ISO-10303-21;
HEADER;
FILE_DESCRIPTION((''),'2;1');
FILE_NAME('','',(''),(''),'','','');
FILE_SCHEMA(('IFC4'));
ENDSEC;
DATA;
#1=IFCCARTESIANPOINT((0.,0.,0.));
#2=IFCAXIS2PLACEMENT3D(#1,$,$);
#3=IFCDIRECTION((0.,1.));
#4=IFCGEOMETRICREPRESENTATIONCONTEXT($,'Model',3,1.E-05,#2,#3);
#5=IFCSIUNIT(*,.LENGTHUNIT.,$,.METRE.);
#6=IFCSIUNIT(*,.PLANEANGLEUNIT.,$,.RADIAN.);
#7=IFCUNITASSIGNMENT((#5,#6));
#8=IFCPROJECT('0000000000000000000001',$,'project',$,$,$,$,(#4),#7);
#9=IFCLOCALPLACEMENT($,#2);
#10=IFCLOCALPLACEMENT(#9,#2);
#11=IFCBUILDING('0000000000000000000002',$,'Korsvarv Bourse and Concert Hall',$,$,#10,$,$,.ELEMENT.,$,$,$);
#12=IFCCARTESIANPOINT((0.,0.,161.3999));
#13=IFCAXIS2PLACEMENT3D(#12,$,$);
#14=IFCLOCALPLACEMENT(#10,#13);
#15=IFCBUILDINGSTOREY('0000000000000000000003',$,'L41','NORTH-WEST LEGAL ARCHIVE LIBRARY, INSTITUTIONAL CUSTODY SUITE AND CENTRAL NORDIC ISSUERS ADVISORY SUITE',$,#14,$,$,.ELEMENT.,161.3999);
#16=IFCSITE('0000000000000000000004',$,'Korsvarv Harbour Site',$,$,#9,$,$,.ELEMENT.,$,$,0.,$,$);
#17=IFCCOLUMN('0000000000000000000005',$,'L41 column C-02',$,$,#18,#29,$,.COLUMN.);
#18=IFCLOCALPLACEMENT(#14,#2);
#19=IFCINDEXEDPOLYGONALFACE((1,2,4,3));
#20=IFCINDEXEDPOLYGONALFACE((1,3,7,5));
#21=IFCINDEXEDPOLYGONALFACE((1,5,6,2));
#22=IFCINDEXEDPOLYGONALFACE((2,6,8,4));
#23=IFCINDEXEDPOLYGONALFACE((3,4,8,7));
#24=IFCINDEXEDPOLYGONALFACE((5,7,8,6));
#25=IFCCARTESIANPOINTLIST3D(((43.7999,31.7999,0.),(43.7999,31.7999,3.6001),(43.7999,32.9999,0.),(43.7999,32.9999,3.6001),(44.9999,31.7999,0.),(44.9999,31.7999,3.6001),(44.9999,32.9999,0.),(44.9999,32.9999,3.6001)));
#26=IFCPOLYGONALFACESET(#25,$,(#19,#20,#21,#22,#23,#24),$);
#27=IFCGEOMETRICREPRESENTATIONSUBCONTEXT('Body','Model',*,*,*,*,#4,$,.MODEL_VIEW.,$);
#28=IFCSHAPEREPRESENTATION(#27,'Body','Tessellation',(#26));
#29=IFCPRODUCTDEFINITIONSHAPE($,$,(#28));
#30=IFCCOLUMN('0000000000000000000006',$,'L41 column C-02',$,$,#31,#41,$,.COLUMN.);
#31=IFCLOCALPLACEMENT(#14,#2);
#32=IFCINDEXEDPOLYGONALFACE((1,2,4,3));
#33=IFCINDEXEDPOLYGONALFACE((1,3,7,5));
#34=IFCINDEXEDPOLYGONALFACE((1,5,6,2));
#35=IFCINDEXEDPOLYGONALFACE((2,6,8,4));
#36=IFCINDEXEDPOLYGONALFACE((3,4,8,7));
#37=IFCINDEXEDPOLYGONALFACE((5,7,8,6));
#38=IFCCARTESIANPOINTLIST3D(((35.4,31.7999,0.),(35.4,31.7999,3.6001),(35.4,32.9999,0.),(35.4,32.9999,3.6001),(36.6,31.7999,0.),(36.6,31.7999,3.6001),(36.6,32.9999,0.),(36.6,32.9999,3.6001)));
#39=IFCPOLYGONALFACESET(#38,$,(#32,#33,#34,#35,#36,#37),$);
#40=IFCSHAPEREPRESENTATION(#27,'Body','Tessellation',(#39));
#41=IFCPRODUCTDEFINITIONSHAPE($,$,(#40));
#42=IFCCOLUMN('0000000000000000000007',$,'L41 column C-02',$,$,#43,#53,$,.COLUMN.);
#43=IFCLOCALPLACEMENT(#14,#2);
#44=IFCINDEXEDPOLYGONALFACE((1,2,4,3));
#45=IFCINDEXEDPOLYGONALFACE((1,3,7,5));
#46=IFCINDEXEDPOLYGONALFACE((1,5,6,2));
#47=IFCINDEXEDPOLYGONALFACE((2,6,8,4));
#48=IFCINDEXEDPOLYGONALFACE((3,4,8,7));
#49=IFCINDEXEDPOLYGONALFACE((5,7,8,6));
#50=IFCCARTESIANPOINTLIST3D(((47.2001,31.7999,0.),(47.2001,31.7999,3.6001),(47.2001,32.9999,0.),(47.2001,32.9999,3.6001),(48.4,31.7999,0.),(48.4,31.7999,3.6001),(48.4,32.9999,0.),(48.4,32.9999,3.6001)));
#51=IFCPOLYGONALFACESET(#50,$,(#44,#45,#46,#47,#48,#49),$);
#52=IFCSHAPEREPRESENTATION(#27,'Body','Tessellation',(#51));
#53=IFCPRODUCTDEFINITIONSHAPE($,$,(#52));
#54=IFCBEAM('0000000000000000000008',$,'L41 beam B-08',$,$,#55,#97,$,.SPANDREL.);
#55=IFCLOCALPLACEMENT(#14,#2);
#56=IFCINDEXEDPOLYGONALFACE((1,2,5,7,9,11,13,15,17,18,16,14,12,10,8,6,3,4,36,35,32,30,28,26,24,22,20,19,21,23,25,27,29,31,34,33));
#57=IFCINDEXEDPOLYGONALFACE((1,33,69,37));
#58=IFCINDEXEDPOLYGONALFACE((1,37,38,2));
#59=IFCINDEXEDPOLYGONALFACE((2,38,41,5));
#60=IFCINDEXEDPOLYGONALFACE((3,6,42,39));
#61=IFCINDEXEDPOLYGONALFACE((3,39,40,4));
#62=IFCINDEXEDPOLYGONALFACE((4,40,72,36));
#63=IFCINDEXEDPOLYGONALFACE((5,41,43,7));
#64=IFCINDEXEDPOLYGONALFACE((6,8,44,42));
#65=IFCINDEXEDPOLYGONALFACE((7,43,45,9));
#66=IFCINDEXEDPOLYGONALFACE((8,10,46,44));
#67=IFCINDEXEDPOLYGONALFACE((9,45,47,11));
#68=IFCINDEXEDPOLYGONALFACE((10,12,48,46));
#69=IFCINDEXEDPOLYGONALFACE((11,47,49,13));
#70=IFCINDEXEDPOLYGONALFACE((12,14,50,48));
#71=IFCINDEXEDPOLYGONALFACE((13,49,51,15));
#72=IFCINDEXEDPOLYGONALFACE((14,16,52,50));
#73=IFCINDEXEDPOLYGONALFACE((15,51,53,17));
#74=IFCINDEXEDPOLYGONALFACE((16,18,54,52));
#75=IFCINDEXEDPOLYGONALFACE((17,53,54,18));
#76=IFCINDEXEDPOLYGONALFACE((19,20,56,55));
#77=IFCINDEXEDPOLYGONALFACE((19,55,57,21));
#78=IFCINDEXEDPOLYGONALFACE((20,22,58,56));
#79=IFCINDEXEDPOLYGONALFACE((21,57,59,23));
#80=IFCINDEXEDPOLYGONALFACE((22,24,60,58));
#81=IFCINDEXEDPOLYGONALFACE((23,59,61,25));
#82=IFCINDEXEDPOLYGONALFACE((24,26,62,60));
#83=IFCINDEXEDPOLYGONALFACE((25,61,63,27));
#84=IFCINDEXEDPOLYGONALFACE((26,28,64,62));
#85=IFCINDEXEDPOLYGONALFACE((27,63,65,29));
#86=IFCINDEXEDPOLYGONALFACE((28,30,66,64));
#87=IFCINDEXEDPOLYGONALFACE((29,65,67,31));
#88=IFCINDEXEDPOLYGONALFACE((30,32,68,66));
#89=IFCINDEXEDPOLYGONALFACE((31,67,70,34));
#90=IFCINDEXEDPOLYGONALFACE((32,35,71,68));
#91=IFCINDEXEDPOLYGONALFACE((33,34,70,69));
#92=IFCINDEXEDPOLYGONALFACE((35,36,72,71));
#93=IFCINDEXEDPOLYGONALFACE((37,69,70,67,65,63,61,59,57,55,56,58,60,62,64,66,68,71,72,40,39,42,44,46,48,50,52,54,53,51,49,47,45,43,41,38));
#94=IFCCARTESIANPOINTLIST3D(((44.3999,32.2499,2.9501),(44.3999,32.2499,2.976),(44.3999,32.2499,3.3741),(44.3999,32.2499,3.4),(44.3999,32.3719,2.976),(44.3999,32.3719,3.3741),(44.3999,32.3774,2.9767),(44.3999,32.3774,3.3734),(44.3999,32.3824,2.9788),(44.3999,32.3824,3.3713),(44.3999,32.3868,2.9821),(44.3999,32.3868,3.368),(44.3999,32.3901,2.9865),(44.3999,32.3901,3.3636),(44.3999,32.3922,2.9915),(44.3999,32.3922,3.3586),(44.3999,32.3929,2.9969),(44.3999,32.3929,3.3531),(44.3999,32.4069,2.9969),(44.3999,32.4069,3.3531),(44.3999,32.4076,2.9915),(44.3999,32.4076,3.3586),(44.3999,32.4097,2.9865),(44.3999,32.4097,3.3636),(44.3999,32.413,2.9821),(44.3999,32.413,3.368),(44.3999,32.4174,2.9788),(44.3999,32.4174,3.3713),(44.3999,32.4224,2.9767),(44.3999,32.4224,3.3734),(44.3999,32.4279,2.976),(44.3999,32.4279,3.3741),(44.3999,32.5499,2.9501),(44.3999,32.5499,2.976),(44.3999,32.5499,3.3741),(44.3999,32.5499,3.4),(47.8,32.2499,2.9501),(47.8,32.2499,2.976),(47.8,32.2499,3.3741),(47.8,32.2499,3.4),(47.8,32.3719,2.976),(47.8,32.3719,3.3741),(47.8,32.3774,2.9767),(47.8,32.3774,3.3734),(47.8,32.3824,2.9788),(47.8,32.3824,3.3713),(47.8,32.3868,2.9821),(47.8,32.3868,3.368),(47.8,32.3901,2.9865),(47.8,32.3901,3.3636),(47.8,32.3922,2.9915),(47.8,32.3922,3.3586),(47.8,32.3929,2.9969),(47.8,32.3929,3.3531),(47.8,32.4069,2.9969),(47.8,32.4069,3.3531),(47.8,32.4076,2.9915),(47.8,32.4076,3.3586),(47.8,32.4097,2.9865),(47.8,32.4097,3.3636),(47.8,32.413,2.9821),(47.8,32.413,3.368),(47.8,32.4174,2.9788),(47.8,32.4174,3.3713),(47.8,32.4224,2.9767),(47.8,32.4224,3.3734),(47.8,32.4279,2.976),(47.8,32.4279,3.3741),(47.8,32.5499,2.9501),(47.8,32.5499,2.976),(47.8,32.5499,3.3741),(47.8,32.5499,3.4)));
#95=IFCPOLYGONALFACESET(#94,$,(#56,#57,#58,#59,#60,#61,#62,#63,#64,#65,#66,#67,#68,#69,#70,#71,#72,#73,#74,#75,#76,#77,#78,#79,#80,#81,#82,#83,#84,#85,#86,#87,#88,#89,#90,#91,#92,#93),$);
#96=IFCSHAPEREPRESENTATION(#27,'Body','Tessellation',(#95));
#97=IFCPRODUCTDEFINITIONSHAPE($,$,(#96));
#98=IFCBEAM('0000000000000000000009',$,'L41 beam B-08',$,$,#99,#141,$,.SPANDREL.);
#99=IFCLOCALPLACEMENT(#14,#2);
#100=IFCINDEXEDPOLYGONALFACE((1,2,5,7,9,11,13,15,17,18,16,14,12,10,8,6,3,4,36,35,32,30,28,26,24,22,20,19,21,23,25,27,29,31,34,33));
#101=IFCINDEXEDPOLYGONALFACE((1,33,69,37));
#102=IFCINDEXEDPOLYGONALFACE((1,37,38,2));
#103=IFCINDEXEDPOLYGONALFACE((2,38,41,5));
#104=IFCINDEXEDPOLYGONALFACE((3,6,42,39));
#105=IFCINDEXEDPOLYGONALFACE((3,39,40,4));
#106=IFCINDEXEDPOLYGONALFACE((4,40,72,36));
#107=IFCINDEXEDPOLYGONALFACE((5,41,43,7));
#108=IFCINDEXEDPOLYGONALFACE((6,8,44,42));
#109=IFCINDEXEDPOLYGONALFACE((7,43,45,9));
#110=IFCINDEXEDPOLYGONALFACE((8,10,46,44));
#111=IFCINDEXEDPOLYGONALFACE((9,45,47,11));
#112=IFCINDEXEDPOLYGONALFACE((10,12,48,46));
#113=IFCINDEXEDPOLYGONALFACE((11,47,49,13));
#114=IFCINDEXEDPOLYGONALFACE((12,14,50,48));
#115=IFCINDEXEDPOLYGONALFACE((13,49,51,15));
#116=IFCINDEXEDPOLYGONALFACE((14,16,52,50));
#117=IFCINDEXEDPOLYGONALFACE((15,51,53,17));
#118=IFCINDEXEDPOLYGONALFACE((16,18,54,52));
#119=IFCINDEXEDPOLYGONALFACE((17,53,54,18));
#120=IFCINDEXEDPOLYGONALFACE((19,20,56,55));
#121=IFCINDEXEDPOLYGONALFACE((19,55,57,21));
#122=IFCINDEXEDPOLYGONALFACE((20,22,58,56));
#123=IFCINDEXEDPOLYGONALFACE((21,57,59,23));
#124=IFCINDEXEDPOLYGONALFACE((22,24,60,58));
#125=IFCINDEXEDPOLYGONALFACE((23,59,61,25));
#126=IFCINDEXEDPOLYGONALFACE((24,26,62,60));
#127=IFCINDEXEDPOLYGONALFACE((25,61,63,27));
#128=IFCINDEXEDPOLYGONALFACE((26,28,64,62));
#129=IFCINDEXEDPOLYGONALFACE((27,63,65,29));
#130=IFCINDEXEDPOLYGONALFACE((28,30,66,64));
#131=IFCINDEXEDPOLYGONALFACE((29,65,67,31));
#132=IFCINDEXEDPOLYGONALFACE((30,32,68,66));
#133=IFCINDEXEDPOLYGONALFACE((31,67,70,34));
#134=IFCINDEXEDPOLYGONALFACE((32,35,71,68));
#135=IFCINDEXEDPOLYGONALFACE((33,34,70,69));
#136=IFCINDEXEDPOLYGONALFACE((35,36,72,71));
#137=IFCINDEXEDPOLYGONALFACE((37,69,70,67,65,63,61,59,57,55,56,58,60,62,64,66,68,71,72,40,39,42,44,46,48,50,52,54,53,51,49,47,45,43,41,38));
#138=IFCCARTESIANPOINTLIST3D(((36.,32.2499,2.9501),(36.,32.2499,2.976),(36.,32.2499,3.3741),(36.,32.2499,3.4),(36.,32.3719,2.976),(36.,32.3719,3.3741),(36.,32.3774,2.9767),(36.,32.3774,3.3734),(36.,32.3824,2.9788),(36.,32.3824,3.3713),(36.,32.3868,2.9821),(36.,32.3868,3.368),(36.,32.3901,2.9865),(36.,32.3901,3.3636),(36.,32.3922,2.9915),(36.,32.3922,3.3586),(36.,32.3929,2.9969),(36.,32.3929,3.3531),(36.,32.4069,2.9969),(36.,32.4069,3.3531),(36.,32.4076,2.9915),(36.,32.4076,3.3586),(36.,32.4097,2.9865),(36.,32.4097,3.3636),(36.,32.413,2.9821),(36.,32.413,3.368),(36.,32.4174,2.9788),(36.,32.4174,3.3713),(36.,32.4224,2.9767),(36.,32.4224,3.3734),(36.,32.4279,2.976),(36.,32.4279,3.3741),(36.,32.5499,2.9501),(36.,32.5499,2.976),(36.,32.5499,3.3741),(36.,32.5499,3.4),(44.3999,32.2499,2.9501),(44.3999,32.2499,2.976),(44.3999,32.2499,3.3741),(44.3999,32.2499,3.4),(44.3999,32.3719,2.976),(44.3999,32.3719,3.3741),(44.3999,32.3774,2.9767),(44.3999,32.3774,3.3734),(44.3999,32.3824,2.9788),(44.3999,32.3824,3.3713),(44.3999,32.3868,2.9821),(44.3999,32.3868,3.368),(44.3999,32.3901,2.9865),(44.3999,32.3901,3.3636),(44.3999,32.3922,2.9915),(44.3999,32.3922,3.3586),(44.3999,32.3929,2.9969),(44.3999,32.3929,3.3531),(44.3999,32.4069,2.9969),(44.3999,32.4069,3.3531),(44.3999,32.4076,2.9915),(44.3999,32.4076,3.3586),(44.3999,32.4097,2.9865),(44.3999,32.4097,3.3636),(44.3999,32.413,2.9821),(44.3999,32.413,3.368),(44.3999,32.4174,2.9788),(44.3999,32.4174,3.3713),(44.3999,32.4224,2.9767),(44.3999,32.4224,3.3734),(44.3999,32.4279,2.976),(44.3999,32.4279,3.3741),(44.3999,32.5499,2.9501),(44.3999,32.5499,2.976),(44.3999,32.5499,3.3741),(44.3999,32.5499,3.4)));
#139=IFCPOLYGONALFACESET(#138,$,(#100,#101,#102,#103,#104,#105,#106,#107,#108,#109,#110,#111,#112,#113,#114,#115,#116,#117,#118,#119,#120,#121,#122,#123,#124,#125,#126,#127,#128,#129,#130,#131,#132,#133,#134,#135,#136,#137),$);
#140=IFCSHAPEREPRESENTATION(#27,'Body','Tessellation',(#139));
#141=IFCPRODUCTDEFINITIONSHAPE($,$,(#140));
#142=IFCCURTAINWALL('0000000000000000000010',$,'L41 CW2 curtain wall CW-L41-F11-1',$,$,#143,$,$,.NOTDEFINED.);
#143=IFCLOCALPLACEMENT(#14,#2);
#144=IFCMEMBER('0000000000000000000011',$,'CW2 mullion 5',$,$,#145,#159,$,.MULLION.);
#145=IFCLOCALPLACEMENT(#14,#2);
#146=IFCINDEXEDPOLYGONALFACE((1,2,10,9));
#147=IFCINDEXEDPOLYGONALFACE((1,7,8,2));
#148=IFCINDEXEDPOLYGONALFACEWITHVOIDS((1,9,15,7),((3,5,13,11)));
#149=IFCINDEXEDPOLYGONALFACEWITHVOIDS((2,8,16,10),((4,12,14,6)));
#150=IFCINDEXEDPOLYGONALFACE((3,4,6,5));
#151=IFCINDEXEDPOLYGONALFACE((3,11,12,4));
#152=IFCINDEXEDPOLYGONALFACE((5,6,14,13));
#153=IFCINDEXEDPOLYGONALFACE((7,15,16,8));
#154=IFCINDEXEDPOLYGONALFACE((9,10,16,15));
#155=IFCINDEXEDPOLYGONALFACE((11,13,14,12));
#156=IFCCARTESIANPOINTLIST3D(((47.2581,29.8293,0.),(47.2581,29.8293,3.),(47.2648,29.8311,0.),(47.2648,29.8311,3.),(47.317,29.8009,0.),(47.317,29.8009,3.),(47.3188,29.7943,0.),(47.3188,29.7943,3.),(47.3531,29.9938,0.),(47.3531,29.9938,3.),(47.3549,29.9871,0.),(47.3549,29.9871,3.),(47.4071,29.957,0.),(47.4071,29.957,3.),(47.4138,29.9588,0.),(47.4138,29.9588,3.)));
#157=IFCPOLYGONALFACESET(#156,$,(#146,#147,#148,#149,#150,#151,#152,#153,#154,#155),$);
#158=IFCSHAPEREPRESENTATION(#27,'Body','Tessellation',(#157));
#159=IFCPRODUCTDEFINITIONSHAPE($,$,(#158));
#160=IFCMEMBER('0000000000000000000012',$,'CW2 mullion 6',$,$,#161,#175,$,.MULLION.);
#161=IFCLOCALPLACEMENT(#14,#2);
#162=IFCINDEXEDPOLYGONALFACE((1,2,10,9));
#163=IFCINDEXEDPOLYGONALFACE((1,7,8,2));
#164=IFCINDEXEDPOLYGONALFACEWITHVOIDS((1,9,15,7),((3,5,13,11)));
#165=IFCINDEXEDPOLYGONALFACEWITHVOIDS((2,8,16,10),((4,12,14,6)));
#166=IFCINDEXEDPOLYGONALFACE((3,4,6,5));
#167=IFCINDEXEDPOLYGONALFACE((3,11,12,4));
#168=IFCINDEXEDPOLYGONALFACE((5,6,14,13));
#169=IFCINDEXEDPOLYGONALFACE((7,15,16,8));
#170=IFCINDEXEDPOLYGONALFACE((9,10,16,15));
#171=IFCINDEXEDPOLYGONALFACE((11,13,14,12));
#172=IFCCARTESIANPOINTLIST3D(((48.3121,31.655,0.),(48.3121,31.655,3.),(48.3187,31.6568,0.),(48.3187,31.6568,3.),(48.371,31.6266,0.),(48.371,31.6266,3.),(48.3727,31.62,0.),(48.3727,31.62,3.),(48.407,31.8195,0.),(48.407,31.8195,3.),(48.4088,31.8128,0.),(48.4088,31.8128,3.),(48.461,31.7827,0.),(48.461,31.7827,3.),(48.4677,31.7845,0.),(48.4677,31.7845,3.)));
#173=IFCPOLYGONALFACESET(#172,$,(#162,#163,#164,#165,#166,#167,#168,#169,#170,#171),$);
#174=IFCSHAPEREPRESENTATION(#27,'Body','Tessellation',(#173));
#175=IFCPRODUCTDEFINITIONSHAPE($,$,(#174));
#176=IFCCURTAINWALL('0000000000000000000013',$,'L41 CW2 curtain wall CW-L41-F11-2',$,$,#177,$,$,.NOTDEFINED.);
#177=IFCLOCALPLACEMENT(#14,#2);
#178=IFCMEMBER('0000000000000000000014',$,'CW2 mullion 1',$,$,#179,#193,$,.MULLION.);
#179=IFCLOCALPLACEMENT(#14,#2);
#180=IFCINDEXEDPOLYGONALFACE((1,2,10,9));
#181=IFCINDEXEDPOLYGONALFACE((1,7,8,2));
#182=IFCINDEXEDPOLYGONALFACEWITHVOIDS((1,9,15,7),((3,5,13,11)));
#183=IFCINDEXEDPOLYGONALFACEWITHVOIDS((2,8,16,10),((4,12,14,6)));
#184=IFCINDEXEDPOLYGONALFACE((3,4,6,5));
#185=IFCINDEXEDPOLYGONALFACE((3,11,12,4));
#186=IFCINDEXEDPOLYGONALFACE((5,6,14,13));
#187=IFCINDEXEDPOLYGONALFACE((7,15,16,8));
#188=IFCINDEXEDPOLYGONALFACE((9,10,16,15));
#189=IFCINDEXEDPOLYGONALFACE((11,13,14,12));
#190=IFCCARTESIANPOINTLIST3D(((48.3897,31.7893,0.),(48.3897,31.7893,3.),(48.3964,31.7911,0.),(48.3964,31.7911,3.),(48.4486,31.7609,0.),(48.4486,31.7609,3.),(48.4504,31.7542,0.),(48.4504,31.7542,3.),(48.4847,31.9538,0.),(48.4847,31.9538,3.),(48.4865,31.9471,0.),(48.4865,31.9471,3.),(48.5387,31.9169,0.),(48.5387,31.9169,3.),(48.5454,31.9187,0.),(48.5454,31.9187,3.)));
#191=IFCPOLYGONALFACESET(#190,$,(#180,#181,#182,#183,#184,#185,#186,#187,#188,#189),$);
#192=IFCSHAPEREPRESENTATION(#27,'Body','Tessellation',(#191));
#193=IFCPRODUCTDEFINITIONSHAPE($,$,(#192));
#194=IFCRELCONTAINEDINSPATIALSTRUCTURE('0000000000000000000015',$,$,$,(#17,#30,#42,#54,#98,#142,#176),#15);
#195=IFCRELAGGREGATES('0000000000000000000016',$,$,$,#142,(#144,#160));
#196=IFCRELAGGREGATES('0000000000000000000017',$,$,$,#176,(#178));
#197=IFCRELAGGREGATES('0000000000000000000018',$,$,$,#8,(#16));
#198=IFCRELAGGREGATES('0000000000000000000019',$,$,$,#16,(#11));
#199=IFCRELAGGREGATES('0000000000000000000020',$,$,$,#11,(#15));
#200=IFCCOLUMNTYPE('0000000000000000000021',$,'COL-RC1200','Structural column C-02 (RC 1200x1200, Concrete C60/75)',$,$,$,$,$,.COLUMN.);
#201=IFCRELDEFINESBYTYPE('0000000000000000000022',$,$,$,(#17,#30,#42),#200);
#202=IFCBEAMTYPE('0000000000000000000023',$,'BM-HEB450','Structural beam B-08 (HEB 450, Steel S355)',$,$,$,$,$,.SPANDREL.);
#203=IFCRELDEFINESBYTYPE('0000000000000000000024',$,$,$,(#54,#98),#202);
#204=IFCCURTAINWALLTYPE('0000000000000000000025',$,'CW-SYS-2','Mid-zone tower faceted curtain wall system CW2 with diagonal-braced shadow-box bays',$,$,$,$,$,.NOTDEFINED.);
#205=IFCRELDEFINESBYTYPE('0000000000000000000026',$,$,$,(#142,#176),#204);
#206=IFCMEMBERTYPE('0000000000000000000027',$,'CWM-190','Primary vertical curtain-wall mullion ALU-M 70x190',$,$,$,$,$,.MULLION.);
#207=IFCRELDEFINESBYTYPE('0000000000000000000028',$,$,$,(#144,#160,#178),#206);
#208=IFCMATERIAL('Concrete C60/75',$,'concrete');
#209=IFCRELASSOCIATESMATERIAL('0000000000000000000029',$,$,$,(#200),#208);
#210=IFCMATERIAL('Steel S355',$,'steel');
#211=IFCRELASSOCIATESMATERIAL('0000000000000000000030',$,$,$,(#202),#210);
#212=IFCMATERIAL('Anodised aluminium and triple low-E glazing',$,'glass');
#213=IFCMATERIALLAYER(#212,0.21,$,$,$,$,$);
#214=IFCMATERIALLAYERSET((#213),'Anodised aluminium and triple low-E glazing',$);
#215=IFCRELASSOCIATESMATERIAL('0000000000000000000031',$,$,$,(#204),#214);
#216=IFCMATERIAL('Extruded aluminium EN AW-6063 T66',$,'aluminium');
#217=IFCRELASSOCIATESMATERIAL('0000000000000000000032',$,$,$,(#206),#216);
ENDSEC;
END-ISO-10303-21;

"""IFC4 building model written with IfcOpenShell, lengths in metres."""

from ifc_helpers import new_model, si_unit, direction, frame, origin, origin_2d, place, context, subcontext, project, spatial, rectangle, hollow_rectangle, i_section, extrude, source, transform, mapped, material, layer, layer_set, material_profile, profile_set, type_object, element, aggregate, save


model = new_model("IFC4")

# Units and contexts
model_context = context("Model", 3, precision=1e-05, world=origin(), true_north=direction((0.0, 1.0)))
body_context = subcontext(model_context, "Body", "Model", "MODEL_VIEW")
ifc_project = project(units=[si_unit("LENGTHUNIT", "METRE"), si_unit("PLANEANGLEUNIT", "RADIAN")], contexts=[model_context])

# Site, building, storey
site_placement = place(None, origin())
site = spatial("IfcSite", under=ifc_project, at=site_placement, Name="Korsvarv Harbour Site", CompositionType="ELEMENT", RefElevation=0.0)
building_placement = place(site_placement, origin())
building = spatial("IfcBuilding", under=site, at=building_placement, Name="Korsvarv Bourse and Concert Hall", CompositionType="ELEMENT")
storey_placement = place(building_placement, frame((0.0, 0.0, 161.3999)))
storey = spatial("IfcBuildingStorey", under=building, at=storey_placement, Name="L41", Description="NORTH-WEST LEGAL ARCHIVE LIBRARY, INSTITUTIONAL CUSTODY SUITE AND CENTRAL NORDIC ISSUERS ADVISORY SUITE", CompositionType="ELEMENT", Elevation=161.3999)

# Columns
ifc_material_1 = material(Name="Concrete C60/75", Category="concrete")
ifc_material_profile_1 = material_profile(ifc_material_1, rectangle(XDim=1.2, YDim=1.2, at=origin_2d()), Name="RC 1200x1200")
ifc_profile_set_1 = profile_set([ifc_material_profile_1], Name="Concrete C60/75")
column_type = type_object("IfcColumnType", Name="COL-RC1200", Description="Structural column C-02 (RC 1200x1200, Concrete C60/75)", PredefinedType="COLUMN", material=ifc_profile_set_1)
shared_shape_1 = source(origin(), body_context, "Body", "SweptSolid", [
    extrude(rectangle(XDim=1.2, YDim=1.2, at=origin_2d()), origin(), (0.0, 0.0, 1.0), 3.6001),
])
for number, where, z_axis, x_axis, name in (
    (1, (44.3999, 32.3999, 0.0), (0.0, 0.0, 1.0), (1.0, 0.0, 0.0), "L41 column C-02"),
    (2, (36.0, 32.3999, 0.0), (0.0, 0.0, 1.0), (1.0, 0.0, 0.0), "L41 column C-02"),
    (3, (47.8, 32.3999, 0.0), (0.0, 0.0, 1.0), (1.0, 0.0, 0.0), "L41 column C-02"),
):
    element("IfcColumn", number, at=place(storey_placement, frame(where, z_axis=z_axis, x_axis=x_axis)), inside=storey, type_object=column_type, Name=name, PredefinedType="COLUMN", context=body_context, shape_type="MappedRepresentation", body=[
        mapped(shared_shape_1, transform((0.0, 0.0, 0.0), scale=1.0)),
    ])

# Beams
ifc_material_2 = material(Name="Steel S355", Category="steel")
ifc_material_profile_2 = material_profile(ifc_material_2, i_section(OverallWidth=0.3, OverallDepth=0.45, WebThickness=0.0139, FlangeThickness=0.0259, FilletRadius=0.021, at=origin_2d()), Name="HEB 450")
ifc_profile_set_2 = profile_set([ifc_material_profile_2], Name="Steel S355")
beam_type = type_object("IfcBeamType", Name="BM-HEB450", Description="Structural beam B-08 (HEB 450, Steel S355)", PredefinedType="SPANDREL", material=ifc_profile_set_2)
shared_shape_2 = source(origin(), body_context, "Body", "SweptSolid", [
    extrude(i_section(OverallWidth=0.3, OverallDepth=0.45, WebThickness=0.0139, FlangeThickness=0.0259, FilletRadius=0.021, at=origin_2d()), origin(), (0.0, 0.0, 1.0), 3.4001),
])
beam_1_placement = place(storey_placement, frame((44.3999, 32.3999, 3.175), z_axis=(1.0, 0.0, 0.0), x_axis=(0.0, 1.0, 0.0)))
element("IfcBeam", 4, at=beam_1_placement, inside=storey, type_object=beam_type, Name="L41 beam B-08", PredefinedType="SPANDREL", context=body_context, shape_type="MappedRepresentation", body=[
    mapped(shared_shape_2, transform((0.0, 0.0, 0.0), scale=1.0)),
])
shared_shape_3 = source(origin(), body_context, "Body", "SweptSolid", [
    extrude(i_section(OverallWidth=0.3, OverallDepth=0.45, WebThickness=0.0139, FlangeThickness=0.0259, FilletRadius=0.021, at=origin_2d()), origin(), (0.0, 0.0, 1.0), 8.3999),
])
beam_2_placement = place(storey_placement, frame((36.0, 32.3999, 3.175), z_axis=(1.0, 0.0, 0.0), x_axis=(0.0, 1.0, 0.0)))
element("IfcBeam", 5, at=beam_2_placement, inside=storey, type_object=beam_type, Name="L41 beam B-08", PredefinedType="SPANDREL", context=body_context, shape_type="MappedRepresentation", body=[
    mapped(shared_shape_3, transform((0.0, 0.0, 0.0), scale=1.0)),
])

# Curtain wall, members
ifc_material_3 = material(Name="Anodised aluminium and triple low-E glazing", Category="glass")
ifc_layer_1 = layer(ifc_material_3, 0.21)
ifc_layer_set_1 = layer_set([ifc_layer_1], Name="Anodised aluminium and triple low-E glazing")
curtain_wall_type = type_object("IfcCurtainWallType", Name="CW-SYS-2", Description="Mid-zone tower faceted curtain wall system CW2 with diagonal-braced shadow-box bays", PredefinedType="NOTDEFINED", material=ifc_layer_set_1)
curtain_wall_1_placement = place(storey_placement, origin())
curtain_wall_1 = element("IfcCurtainWall", 6, at=curtain_wall_1_placement, inside=storey, type_object=curtain_wall_type, Name="L41 CW2 curtain wall CW-L41-F11-1", PredefinedType="NOTDEFINED")
ifc_material_4 = material(Name="Extruded aluminium EN AW-6063 T66", Category="aluminium")
ifc_material_profile_3 = material_profile(ifc_material_4, hollow_rectangle(XDim=0.0701, YDim=0.1899, WallThickness=0.0049, at=origin_2d()), Name="ALU-M 70x190")
ifc_profile_set_3 = profile_set([ifc_material_profile_3], Name="Extruded aluminium EN AW-6063 T66")
member_type_1 = type_object("IfcMemberType", Name="CWM-190", Description="Primary vertical curtain-wall mullion ALU-M 70x190", PredefinedType="MULLION", material=ifc_profile_set_3)
shared_shape_4 = source(origin(), body_context, "Body", "SweptSolid", [
    extrude(hollow_rectangle(XDim=0.0701, YDim=0.1899, WallThickness=0.0049, at=origin_2d()), origin(), (0.0, 0.0, 1.0), 3.0),
])
member_1_placement = place(storey_placement, frame((47.3359, 29.894, 0.0), z_axis=(0.0, 0.0, 1.0), x_axis=(-0.866026, 0.499998, 0.0)))
member_1 = element("IfcMember", 7, at=member_1_placement, type_object=member_type_1, Name="CW2 mullion 5", PredefinedType="MULLION", context=body_context, shape_type="MappedRepresentation", body=[
    mapped(shared_shape_4, transform((0.0, 0.0, 0.0), scale=1.0)),
])
member_2_placement = place(storey_placement, frame((48.3899, 31.7197, 0.0), z_axis=(0.0, 0.0, 1.0), x_axis=(-0.866026, 0.499998, 0.0)))
member_2 = element("IfcMember", 8, at=member_2_placement, type_object=member_type_1, Name="CW2 mullion 6", PredefinedType="MULLION", context=body_context, shape_type="MappedRepresentation", body=[
    mapped(shared_shape_4, transform((0.0, 0.0, 0.0), scale=1.0)),
])

# Curtain wall, member
curtain_wall_2_placement = place(storey_placement, origin())
curtain_wall_2 = element("IfcCurtainWall", 9, at=curtain_wall_2_placement, inside=storey, type_object=curtain_wall_type, Name="L41 CW2 curtain wall CW-L41-F11-2", PredefinedType="NOTDEFINED")
member_3_placement = place(storey_placement, frame((48.4675, 31.854, 0.0), z_axis=(0.0, 0.0, 1.0), x_axis=(-0.866008, 0.500031, 0.0)))
member_3 = element("IfcMember", 10, at=member_3_placement, type_object=member_type_1, Name="CW2 mullion 1", PredefinedType="MULLION", context=body_context, shape_type="MappedRepresentation", body=[
    mapped(shared_shape_4, transform((0.0, 0.0, 0.0), scale=1.0)),
])

aggregate(curtain_wall_1, [member_1, member_2])
aggregate(curtain_wall_2, [member_3])

save(model, "model.ifc")
